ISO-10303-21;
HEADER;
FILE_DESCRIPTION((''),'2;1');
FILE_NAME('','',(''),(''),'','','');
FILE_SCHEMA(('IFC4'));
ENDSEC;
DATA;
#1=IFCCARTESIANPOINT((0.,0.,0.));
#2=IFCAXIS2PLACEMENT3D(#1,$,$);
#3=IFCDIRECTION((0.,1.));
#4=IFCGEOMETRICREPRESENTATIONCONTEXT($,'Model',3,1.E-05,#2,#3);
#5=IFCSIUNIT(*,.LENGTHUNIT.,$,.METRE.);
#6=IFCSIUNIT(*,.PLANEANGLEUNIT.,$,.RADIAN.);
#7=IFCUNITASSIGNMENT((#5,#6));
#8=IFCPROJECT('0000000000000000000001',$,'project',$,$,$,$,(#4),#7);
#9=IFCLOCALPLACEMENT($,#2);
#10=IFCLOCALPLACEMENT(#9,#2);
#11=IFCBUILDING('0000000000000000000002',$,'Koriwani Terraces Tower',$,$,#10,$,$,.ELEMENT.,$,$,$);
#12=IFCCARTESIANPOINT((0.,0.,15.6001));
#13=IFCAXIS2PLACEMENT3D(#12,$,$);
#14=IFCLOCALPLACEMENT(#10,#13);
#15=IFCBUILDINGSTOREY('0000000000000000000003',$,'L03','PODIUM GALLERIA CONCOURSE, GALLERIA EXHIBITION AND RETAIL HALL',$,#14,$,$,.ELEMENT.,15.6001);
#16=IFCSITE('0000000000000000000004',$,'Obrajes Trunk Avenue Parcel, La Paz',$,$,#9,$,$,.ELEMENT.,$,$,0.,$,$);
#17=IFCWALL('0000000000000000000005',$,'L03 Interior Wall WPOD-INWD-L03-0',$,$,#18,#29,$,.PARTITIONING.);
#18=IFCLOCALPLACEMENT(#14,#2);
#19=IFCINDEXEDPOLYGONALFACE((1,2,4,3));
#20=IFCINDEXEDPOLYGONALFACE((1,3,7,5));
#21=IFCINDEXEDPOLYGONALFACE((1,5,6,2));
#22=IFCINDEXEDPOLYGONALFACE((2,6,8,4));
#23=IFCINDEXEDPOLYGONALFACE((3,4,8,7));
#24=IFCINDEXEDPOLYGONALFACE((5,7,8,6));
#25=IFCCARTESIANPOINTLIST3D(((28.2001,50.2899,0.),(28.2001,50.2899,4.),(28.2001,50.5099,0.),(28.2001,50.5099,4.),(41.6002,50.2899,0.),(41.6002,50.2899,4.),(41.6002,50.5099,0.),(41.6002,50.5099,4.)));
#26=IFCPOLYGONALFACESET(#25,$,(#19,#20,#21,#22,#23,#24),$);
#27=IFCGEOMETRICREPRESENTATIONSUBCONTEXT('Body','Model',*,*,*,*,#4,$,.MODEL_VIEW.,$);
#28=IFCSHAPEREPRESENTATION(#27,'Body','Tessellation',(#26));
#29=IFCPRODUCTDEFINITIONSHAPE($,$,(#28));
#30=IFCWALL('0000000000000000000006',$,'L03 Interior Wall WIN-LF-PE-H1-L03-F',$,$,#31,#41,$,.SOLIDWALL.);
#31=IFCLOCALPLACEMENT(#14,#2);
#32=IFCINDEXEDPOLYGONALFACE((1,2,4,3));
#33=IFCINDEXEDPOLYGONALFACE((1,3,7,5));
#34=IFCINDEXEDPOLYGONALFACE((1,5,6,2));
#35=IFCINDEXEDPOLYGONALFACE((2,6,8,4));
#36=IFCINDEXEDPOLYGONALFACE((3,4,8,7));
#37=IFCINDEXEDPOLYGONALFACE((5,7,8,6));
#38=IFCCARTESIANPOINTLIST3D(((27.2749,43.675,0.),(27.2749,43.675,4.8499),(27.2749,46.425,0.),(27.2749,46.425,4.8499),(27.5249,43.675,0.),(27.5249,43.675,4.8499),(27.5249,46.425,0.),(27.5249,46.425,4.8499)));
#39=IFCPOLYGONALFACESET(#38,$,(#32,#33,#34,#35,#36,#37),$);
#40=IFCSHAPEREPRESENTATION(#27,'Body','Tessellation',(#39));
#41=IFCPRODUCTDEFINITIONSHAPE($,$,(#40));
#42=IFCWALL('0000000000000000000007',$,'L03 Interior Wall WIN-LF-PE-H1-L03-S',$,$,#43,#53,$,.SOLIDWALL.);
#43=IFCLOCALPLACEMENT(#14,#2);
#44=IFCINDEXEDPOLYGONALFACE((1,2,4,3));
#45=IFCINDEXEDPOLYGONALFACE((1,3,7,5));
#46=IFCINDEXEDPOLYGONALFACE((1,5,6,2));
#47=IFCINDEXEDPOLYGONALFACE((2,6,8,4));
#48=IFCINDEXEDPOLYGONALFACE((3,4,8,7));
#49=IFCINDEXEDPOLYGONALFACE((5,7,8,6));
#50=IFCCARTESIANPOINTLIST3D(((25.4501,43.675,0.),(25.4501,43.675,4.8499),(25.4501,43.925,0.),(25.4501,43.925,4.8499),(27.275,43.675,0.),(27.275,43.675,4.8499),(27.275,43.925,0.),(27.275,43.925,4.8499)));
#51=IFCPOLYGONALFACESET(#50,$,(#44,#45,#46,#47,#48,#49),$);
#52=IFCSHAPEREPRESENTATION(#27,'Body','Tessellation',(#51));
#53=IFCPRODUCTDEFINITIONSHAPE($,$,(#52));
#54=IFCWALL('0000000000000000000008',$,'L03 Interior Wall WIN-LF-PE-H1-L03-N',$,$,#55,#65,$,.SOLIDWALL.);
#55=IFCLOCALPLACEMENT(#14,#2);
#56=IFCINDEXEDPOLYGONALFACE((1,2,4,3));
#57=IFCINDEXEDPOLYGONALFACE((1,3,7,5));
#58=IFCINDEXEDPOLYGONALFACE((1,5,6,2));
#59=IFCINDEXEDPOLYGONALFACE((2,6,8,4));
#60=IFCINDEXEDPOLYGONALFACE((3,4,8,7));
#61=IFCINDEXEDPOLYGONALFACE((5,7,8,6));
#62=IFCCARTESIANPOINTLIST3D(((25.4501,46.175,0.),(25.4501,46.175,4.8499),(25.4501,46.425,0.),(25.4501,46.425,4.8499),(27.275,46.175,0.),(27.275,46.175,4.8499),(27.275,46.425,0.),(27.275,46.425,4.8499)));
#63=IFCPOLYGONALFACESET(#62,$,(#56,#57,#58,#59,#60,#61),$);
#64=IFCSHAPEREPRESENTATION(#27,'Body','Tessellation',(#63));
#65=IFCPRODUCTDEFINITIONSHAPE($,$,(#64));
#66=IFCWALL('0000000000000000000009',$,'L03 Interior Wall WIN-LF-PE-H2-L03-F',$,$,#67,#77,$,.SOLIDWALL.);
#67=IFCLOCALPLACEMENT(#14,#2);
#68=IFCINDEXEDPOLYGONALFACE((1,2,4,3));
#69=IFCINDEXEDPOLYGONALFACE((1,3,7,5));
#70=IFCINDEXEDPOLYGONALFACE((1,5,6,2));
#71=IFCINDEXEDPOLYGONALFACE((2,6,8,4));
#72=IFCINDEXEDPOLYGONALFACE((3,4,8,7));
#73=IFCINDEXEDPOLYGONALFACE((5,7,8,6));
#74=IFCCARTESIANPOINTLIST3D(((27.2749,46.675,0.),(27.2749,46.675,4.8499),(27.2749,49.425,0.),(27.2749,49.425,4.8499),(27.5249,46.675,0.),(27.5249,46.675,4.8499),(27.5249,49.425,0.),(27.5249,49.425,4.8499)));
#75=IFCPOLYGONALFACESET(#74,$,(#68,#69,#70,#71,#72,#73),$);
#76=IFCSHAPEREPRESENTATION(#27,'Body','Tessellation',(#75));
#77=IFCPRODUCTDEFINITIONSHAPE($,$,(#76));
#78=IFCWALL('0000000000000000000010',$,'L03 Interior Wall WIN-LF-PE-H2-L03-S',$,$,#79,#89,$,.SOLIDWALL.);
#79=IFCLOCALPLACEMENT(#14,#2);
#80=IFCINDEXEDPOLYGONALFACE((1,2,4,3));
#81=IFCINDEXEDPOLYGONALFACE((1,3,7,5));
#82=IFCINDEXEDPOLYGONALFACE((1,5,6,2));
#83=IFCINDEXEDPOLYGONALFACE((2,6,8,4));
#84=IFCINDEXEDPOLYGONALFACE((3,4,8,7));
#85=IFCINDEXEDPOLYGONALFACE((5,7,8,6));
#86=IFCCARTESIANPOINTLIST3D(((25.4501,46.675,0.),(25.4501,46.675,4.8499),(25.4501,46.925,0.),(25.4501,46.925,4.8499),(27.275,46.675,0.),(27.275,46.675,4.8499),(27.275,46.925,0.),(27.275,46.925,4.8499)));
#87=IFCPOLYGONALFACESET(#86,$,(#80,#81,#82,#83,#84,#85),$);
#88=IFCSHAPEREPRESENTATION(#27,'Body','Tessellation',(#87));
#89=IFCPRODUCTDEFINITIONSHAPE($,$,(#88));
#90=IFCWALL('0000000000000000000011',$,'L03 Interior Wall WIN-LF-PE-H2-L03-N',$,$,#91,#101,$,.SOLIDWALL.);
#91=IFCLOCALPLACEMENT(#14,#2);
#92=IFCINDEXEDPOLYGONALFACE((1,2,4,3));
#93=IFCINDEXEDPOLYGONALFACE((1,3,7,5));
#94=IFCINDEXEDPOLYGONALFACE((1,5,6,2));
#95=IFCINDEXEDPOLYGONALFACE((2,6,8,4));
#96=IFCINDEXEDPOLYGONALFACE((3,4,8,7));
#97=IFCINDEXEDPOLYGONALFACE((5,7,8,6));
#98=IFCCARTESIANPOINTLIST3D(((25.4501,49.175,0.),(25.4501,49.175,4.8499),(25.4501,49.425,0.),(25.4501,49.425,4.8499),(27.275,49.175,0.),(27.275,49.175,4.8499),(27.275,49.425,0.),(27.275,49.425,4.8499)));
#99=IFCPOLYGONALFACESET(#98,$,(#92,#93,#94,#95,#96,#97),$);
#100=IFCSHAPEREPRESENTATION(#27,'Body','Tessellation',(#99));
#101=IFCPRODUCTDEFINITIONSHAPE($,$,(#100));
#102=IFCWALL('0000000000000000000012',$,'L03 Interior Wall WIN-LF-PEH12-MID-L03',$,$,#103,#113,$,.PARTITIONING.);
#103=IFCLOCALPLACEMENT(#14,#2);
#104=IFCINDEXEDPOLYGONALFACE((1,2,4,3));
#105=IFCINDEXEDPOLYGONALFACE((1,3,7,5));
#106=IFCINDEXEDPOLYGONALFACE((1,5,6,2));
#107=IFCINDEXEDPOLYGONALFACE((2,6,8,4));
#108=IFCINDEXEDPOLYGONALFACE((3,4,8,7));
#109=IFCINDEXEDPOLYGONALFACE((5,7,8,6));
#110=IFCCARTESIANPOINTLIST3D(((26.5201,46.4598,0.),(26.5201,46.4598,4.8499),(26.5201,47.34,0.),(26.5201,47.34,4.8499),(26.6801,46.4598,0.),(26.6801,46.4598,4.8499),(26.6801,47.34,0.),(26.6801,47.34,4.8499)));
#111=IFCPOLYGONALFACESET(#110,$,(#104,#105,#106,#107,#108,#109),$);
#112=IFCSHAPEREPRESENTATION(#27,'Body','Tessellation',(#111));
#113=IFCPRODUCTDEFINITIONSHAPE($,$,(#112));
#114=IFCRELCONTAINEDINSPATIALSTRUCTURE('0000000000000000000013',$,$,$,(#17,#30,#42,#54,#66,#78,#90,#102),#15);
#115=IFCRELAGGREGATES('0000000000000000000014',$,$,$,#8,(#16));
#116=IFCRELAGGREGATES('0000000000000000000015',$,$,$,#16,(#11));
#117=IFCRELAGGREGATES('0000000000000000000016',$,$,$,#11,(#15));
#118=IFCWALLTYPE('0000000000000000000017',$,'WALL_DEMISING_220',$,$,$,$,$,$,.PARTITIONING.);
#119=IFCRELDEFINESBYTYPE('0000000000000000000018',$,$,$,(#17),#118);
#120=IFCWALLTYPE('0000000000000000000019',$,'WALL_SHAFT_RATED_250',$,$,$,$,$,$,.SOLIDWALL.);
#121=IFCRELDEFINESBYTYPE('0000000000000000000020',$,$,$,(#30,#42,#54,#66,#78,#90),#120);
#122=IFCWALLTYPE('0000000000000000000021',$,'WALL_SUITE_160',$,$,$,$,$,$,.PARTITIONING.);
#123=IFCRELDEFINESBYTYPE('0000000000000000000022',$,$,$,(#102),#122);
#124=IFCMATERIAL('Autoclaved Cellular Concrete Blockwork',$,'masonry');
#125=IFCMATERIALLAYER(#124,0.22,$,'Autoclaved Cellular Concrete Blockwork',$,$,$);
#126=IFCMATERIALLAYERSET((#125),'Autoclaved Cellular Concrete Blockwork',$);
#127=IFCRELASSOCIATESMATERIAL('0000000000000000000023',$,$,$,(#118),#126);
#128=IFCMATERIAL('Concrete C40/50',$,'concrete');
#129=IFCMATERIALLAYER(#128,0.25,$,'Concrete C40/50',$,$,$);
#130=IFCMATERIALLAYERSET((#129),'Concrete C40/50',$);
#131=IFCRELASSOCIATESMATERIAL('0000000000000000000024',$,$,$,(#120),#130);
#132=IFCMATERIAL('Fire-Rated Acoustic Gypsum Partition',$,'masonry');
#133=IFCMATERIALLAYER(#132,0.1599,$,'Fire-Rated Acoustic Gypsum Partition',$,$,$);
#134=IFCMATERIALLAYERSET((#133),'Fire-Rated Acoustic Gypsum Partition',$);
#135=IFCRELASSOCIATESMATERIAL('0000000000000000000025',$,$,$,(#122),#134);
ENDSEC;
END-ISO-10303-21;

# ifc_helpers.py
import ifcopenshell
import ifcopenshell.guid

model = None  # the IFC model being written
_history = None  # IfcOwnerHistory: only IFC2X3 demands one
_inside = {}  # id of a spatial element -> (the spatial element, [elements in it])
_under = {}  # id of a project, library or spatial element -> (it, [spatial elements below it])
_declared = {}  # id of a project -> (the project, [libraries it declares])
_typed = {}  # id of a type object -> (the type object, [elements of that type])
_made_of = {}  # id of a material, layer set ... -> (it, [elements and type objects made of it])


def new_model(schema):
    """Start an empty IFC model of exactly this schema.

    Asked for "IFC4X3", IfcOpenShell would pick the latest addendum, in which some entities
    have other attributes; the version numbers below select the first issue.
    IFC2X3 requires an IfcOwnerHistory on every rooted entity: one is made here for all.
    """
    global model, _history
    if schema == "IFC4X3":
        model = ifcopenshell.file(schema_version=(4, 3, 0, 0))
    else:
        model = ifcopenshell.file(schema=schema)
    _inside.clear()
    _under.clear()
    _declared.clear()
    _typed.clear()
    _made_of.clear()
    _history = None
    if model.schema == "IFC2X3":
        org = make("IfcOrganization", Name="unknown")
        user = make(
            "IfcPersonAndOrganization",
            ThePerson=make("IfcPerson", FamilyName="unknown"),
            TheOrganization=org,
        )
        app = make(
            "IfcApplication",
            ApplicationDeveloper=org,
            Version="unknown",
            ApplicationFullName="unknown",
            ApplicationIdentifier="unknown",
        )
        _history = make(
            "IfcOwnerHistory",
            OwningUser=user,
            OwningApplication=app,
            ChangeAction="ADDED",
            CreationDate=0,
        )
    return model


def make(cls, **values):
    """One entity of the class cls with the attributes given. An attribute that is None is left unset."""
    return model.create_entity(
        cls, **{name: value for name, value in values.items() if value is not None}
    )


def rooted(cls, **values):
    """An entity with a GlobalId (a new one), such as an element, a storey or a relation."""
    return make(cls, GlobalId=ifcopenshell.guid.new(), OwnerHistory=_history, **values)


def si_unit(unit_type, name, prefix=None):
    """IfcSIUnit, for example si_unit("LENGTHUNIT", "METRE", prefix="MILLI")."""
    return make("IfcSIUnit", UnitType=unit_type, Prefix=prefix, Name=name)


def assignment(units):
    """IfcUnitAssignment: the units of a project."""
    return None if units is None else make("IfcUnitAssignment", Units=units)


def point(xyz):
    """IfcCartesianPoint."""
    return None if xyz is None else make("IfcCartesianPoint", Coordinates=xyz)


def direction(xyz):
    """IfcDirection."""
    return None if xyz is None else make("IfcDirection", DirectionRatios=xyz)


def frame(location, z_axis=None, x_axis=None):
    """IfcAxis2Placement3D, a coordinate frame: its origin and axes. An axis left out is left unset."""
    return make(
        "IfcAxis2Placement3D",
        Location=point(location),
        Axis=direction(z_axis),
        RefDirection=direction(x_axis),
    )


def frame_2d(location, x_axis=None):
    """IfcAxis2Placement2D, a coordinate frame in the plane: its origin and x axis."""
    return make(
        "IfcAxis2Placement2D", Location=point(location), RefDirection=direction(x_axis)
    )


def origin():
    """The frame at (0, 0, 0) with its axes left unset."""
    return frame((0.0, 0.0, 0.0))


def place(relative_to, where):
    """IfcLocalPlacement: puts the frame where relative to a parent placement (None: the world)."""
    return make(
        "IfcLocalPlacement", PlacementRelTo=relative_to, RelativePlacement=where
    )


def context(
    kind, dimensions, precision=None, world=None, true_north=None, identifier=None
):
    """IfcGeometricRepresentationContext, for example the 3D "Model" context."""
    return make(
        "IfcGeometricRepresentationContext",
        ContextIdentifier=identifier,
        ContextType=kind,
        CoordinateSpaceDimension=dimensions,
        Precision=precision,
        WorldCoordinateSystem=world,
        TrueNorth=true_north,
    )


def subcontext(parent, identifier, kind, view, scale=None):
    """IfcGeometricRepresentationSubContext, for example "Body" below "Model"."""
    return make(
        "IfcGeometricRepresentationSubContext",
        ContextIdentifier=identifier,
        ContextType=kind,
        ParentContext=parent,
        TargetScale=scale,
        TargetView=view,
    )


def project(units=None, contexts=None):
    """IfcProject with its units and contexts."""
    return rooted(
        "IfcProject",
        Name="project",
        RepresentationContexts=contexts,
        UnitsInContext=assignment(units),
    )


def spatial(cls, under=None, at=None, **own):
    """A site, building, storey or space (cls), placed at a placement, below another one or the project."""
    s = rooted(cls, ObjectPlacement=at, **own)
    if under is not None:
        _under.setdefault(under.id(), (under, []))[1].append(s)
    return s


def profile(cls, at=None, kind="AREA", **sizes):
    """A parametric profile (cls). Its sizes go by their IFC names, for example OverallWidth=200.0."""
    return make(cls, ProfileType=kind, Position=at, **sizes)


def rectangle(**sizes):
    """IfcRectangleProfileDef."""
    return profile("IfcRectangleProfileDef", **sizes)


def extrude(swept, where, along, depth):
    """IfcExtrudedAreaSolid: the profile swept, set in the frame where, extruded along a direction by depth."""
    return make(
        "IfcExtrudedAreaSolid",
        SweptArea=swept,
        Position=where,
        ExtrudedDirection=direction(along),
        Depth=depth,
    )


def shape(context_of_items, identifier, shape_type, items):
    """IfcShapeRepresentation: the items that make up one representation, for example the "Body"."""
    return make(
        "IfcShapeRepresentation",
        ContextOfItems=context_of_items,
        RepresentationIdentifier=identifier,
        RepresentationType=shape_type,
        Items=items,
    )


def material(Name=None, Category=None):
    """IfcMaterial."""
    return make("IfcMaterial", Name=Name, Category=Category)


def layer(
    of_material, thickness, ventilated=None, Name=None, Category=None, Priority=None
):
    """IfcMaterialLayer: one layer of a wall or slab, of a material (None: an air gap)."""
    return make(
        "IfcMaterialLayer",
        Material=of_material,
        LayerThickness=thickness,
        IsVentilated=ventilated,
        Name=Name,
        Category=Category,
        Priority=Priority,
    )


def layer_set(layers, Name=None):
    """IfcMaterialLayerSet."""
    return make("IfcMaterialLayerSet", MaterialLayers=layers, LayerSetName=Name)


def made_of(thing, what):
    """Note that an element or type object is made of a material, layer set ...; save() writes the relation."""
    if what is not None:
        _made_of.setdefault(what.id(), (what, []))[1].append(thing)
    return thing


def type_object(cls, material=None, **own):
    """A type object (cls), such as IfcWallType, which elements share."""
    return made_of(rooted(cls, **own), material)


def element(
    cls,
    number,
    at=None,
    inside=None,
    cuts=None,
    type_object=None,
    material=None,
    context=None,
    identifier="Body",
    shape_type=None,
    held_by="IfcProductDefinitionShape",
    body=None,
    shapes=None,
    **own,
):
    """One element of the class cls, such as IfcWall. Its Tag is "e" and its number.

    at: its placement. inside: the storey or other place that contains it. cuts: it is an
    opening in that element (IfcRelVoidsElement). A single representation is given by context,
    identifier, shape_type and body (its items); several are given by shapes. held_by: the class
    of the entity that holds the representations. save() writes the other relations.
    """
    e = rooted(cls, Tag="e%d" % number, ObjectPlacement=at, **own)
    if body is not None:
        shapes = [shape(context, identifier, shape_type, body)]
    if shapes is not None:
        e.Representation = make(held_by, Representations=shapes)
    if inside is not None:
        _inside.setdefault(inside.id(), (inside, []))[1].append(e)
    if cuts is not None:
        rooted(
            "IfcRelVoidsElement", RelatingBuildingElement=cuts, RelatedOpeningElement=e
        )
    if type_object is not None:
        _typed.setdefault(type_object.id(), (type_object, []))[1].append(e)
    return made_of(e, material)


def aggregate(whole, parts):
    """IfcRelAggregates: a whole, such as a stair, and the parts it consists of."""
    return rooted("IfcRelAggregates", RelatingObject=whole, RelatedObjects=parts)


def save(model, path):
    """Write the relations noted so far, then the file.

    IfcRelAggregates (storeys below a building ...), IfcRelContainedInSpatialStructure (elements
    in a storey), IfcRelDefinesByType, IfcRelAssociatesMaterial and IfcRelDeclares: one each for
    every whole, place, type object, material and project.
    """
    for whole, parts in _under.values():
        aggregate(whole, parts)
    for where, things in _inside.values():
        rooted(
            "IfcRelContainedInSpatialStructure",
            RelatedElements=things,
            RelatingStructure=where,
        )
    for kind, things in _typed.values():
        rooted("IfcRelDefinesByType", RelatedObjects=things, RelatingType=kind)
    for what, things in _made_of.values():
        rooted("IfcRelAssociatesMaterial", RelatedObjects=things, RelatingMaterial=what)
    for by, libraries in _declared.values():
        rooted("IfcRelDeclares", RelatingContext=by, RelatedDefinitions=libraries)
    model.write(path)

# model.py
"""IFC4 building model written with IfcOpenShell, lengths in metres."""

from ifc_helpers import new_model, si_unit, direction, frame, frame_2d, origin, place, context, subcontext, project, spatial, rectangle, extrude, material, layer, layer_set, type_object, element, save


model = new_model("IFC4")

# Units and contexts
model_context = context("Model", 3, precision=1e-05, world=origin(), true_north=direction((0.0, 1.0)))
body_context = subcontext(model_context, "Body", "Model", "MODEL_VIEW")
ifc_project = project(units=[si_unit("LENGTHUNIT", "METRE"), si_unit("PLANEANGLEUNIT", "RADIAN")], contexts=[model_context])

# Site, building, storey
site_placement = place(None, origin())
site = spatial("IfcSite", under=ifc_project, at=site_placement, Name="Obrajes Trunk Avenue Parcel, La Paz", CompositionType="ELEMENT", RefElevation=0.0)
building_placement = place(site_placement, origin())
building = spatial("IfcBuilding", under=site, at=building_placement, Name="Koriwani Terraces Tower", CompositionType="ELEMENT")
storey_placement = place(building_placement, frame((0.0, 0.0, 15.6001)))
storey = spatial("IfcBuildingStorey", under=building, at=storey_placement, Name="L03", Description="PODIUM GALLERIA CONCOURSE, GALLERIA EXHIBITION AND RETAIL HALL", CompositionType="ELEMENT", Elevation=15.6001)

# Shared definitions
ifc_material_1 = material(Name="Autoclaved Cellular Concrete Blockwork", Category="masonry")

# Wall
ifc_layer_1 = layer(ifc_material_1, 0.22, Name="Autoclaved Cellular Concrete Blockwork")
ifc_layer_set_1 = layer_set([ifc_layer_1], Name="Autoclaved Cellular Concrete Blockwork")
wall_type_1 = type_object("IfcWallType", Name="WALL_DEMISING_220", PredefinedType="PARTITIONING", material=ifc_layer_set_1)
wall_1_placement = place(storey_placement, frame((28.2, 50.3999, 0.0), z_axis=(0.0, 0.0, 1.0), x_axis=(1.0, 0.0, 0.0)))
element("IfcWall", 1, at=wall_1_placement, inside=storey, type_object=wall_type_1, Name="L03 Interior Wall WPOD-INWD-L03-0", PredefinedType="PARTITIONING", context=body_context, shape_type="SweptSolid", body=[
    extrude(rectangle(XDim=13.4001, YDim=0.22, at=frame_2d((6.7002, 0.0))), origin(), (0.0, 0.0, 1.0), 4.0),
])

# Shared definitions
ifc_material_2 = material(Name="Concrete C40/50", Category="concrete")
ifc_layer_2 = layer(ifc_material_2, 0.25, Name="Concrete C40/50")
ifc_layer_set_2 = layer_set([ifc_layer_2], Name="Concrete C40/50")
wall_type_2 = type_object("IfcWallType", Name="WALL_SHAFT_RATED_250", PredefinedType="SOLIDWALL", material=ifc_layer_set_2)

# Walls
wall_2_placement = place(storey_placement, frame((27.3999, 43.675, 0.0), z_axis=(0.0, 0.0, 1.0), x_axis=(0.0, 1.0, 0.0)))
element("IfcWall", 2, at=wall_2_placement, inside=storey, type_object=wall_type_2, Name="L03 Interior Wall WIN-LF-PE-H1-L03-F", PredefinedType="SOLIDWALL", context=body_context, shape_type="SweptSolid", body=[
    extrude(rectangle(XDim=2.75, YDim=0.25, at=frame_2d((1.375, 0.0))), origin(), (0.0, 0.0, 1.0), 4.8499),
])
for number, where, z_axis, x_axis, name in (
    (3, (25.45, 43.8, 0.0), (0.0, 0.0, 1.0), (1.0, 0.0, 0.0), "L03 Interior Wall WIN-LF-PE-H1-L03-S"),
    (4, (25.45, 46.3, 0.0), (0.0, 0.0, 1.0), (1.0, 0.0, 0.0), "L03 Interior Wall WIN-LF-PE-H1-L03-N"),
):
    element("IfcWall", number, at=place(storey_placement, frame(where, z_axis=z_axis, x_axis=x_axis)), inside=storey, type_object=wall_type_2, Name=name, PredefinedType="SOLIDWALL", context=body_context, shape_type="SweptSolid", body=[
        extrude(rectangle(XDim=1.825, YDim=0.25, at=frame_2d((0.9126, 0.0))), origin(), (0.0, 0.0, 1.0), 4.8499),
    ])
wall_3_placement = place(storey_placement, frame((27.3999, 46.675, 0.0), z_axis=(0.0, 0.0, 1.0), x_axis=(0.0, 1.0, 0.0)))
element("IfcWall", 5, at=wall_3_placement, inside=storey, type_object=wall_type_2, Name="L03 Interior Wall WIN-LF-PE-H2-L03-F", PredefinedType="SOLIDWALL", context=body_context, shape_type="SweptSolid", body=[
    extrude(rectangle(XDim=2.75, YDim=0.25, at=frame_2d((1.375, 0.0))), origin(), (0.0, 0.0, 1.0), 4.8499),
])
for number, where, z_axis, x_axis, name in (
    (6, (25.45, 46.8, 0.0), (0.0, 0.0, 1.0), (1.0, 0.0, 0.0), "L03 Interior Wall WIN-LF-PE-H2-L03-S"),
    (7, (25.45, 49.3, 0.0), (0.0, 0.0, 1.0), (1.0, 0.0, 0.0), "L03 Interior Wall WIN-LF-PE-H2-L03-N"),
):
    element("IfcWall", number, at=place(storey_placement, frame(where, z_axis=z_axis, x_axis=x_axis)), inside=storey, type_object=wall_type_2, Name=name, PredefinedType="SOLIDWALL", context=body_context, shape_type="SweptSolid", body=[
        extrude(rectangle(XDim=1.825, YDim=0.25, at=frame_2d((0.9126, 0.0))), origin(), (0.0, 0.0, 1.0), 4.8499),
    ])
ifc_material_3 = material(Name="Fire-Rated Acoustic Gypsum Partition", Category="masonry")
ifc_layer_3 = layer(ifc_material_3, 0.1599, Name="Fire-Rated Acoustic Gypsum Partition")
ifc_layer_set_3 = layer_set([ifc_layer_3], Name="Fire-Rated Acoustic Gypsum Partition")
wall_type_3 = type_object("IfcWallType", Name="WALL_SUITE_160", PredefinedType="PARTITIONING", material=ifc_layer_set_3)
wall_4_placement = place(storey_placement, frame((26.6001, 46.46, 0.0), z_axis=(0.0, 0.0, 1.0), x_axis=(0.0, 1.0, 0.0)))
element("IfcWall", 8, at=wall_4_placement, inside=storey, type_object=wall_type_3, Name="L03 Interior Wall WIN-LF-PEH12-MID-L03", PredefinedType="PARTITIONING", context=body_context, shape_type="SweptSolid", body=[
    extrude(rectangle(XDim=0.8801, YDim=0.1599, at=frame_2d((0.4399, 0.0))), origin(), (0.0, 0.0, 1.0), 4.8499),
])

save(model, "model.ifc")
